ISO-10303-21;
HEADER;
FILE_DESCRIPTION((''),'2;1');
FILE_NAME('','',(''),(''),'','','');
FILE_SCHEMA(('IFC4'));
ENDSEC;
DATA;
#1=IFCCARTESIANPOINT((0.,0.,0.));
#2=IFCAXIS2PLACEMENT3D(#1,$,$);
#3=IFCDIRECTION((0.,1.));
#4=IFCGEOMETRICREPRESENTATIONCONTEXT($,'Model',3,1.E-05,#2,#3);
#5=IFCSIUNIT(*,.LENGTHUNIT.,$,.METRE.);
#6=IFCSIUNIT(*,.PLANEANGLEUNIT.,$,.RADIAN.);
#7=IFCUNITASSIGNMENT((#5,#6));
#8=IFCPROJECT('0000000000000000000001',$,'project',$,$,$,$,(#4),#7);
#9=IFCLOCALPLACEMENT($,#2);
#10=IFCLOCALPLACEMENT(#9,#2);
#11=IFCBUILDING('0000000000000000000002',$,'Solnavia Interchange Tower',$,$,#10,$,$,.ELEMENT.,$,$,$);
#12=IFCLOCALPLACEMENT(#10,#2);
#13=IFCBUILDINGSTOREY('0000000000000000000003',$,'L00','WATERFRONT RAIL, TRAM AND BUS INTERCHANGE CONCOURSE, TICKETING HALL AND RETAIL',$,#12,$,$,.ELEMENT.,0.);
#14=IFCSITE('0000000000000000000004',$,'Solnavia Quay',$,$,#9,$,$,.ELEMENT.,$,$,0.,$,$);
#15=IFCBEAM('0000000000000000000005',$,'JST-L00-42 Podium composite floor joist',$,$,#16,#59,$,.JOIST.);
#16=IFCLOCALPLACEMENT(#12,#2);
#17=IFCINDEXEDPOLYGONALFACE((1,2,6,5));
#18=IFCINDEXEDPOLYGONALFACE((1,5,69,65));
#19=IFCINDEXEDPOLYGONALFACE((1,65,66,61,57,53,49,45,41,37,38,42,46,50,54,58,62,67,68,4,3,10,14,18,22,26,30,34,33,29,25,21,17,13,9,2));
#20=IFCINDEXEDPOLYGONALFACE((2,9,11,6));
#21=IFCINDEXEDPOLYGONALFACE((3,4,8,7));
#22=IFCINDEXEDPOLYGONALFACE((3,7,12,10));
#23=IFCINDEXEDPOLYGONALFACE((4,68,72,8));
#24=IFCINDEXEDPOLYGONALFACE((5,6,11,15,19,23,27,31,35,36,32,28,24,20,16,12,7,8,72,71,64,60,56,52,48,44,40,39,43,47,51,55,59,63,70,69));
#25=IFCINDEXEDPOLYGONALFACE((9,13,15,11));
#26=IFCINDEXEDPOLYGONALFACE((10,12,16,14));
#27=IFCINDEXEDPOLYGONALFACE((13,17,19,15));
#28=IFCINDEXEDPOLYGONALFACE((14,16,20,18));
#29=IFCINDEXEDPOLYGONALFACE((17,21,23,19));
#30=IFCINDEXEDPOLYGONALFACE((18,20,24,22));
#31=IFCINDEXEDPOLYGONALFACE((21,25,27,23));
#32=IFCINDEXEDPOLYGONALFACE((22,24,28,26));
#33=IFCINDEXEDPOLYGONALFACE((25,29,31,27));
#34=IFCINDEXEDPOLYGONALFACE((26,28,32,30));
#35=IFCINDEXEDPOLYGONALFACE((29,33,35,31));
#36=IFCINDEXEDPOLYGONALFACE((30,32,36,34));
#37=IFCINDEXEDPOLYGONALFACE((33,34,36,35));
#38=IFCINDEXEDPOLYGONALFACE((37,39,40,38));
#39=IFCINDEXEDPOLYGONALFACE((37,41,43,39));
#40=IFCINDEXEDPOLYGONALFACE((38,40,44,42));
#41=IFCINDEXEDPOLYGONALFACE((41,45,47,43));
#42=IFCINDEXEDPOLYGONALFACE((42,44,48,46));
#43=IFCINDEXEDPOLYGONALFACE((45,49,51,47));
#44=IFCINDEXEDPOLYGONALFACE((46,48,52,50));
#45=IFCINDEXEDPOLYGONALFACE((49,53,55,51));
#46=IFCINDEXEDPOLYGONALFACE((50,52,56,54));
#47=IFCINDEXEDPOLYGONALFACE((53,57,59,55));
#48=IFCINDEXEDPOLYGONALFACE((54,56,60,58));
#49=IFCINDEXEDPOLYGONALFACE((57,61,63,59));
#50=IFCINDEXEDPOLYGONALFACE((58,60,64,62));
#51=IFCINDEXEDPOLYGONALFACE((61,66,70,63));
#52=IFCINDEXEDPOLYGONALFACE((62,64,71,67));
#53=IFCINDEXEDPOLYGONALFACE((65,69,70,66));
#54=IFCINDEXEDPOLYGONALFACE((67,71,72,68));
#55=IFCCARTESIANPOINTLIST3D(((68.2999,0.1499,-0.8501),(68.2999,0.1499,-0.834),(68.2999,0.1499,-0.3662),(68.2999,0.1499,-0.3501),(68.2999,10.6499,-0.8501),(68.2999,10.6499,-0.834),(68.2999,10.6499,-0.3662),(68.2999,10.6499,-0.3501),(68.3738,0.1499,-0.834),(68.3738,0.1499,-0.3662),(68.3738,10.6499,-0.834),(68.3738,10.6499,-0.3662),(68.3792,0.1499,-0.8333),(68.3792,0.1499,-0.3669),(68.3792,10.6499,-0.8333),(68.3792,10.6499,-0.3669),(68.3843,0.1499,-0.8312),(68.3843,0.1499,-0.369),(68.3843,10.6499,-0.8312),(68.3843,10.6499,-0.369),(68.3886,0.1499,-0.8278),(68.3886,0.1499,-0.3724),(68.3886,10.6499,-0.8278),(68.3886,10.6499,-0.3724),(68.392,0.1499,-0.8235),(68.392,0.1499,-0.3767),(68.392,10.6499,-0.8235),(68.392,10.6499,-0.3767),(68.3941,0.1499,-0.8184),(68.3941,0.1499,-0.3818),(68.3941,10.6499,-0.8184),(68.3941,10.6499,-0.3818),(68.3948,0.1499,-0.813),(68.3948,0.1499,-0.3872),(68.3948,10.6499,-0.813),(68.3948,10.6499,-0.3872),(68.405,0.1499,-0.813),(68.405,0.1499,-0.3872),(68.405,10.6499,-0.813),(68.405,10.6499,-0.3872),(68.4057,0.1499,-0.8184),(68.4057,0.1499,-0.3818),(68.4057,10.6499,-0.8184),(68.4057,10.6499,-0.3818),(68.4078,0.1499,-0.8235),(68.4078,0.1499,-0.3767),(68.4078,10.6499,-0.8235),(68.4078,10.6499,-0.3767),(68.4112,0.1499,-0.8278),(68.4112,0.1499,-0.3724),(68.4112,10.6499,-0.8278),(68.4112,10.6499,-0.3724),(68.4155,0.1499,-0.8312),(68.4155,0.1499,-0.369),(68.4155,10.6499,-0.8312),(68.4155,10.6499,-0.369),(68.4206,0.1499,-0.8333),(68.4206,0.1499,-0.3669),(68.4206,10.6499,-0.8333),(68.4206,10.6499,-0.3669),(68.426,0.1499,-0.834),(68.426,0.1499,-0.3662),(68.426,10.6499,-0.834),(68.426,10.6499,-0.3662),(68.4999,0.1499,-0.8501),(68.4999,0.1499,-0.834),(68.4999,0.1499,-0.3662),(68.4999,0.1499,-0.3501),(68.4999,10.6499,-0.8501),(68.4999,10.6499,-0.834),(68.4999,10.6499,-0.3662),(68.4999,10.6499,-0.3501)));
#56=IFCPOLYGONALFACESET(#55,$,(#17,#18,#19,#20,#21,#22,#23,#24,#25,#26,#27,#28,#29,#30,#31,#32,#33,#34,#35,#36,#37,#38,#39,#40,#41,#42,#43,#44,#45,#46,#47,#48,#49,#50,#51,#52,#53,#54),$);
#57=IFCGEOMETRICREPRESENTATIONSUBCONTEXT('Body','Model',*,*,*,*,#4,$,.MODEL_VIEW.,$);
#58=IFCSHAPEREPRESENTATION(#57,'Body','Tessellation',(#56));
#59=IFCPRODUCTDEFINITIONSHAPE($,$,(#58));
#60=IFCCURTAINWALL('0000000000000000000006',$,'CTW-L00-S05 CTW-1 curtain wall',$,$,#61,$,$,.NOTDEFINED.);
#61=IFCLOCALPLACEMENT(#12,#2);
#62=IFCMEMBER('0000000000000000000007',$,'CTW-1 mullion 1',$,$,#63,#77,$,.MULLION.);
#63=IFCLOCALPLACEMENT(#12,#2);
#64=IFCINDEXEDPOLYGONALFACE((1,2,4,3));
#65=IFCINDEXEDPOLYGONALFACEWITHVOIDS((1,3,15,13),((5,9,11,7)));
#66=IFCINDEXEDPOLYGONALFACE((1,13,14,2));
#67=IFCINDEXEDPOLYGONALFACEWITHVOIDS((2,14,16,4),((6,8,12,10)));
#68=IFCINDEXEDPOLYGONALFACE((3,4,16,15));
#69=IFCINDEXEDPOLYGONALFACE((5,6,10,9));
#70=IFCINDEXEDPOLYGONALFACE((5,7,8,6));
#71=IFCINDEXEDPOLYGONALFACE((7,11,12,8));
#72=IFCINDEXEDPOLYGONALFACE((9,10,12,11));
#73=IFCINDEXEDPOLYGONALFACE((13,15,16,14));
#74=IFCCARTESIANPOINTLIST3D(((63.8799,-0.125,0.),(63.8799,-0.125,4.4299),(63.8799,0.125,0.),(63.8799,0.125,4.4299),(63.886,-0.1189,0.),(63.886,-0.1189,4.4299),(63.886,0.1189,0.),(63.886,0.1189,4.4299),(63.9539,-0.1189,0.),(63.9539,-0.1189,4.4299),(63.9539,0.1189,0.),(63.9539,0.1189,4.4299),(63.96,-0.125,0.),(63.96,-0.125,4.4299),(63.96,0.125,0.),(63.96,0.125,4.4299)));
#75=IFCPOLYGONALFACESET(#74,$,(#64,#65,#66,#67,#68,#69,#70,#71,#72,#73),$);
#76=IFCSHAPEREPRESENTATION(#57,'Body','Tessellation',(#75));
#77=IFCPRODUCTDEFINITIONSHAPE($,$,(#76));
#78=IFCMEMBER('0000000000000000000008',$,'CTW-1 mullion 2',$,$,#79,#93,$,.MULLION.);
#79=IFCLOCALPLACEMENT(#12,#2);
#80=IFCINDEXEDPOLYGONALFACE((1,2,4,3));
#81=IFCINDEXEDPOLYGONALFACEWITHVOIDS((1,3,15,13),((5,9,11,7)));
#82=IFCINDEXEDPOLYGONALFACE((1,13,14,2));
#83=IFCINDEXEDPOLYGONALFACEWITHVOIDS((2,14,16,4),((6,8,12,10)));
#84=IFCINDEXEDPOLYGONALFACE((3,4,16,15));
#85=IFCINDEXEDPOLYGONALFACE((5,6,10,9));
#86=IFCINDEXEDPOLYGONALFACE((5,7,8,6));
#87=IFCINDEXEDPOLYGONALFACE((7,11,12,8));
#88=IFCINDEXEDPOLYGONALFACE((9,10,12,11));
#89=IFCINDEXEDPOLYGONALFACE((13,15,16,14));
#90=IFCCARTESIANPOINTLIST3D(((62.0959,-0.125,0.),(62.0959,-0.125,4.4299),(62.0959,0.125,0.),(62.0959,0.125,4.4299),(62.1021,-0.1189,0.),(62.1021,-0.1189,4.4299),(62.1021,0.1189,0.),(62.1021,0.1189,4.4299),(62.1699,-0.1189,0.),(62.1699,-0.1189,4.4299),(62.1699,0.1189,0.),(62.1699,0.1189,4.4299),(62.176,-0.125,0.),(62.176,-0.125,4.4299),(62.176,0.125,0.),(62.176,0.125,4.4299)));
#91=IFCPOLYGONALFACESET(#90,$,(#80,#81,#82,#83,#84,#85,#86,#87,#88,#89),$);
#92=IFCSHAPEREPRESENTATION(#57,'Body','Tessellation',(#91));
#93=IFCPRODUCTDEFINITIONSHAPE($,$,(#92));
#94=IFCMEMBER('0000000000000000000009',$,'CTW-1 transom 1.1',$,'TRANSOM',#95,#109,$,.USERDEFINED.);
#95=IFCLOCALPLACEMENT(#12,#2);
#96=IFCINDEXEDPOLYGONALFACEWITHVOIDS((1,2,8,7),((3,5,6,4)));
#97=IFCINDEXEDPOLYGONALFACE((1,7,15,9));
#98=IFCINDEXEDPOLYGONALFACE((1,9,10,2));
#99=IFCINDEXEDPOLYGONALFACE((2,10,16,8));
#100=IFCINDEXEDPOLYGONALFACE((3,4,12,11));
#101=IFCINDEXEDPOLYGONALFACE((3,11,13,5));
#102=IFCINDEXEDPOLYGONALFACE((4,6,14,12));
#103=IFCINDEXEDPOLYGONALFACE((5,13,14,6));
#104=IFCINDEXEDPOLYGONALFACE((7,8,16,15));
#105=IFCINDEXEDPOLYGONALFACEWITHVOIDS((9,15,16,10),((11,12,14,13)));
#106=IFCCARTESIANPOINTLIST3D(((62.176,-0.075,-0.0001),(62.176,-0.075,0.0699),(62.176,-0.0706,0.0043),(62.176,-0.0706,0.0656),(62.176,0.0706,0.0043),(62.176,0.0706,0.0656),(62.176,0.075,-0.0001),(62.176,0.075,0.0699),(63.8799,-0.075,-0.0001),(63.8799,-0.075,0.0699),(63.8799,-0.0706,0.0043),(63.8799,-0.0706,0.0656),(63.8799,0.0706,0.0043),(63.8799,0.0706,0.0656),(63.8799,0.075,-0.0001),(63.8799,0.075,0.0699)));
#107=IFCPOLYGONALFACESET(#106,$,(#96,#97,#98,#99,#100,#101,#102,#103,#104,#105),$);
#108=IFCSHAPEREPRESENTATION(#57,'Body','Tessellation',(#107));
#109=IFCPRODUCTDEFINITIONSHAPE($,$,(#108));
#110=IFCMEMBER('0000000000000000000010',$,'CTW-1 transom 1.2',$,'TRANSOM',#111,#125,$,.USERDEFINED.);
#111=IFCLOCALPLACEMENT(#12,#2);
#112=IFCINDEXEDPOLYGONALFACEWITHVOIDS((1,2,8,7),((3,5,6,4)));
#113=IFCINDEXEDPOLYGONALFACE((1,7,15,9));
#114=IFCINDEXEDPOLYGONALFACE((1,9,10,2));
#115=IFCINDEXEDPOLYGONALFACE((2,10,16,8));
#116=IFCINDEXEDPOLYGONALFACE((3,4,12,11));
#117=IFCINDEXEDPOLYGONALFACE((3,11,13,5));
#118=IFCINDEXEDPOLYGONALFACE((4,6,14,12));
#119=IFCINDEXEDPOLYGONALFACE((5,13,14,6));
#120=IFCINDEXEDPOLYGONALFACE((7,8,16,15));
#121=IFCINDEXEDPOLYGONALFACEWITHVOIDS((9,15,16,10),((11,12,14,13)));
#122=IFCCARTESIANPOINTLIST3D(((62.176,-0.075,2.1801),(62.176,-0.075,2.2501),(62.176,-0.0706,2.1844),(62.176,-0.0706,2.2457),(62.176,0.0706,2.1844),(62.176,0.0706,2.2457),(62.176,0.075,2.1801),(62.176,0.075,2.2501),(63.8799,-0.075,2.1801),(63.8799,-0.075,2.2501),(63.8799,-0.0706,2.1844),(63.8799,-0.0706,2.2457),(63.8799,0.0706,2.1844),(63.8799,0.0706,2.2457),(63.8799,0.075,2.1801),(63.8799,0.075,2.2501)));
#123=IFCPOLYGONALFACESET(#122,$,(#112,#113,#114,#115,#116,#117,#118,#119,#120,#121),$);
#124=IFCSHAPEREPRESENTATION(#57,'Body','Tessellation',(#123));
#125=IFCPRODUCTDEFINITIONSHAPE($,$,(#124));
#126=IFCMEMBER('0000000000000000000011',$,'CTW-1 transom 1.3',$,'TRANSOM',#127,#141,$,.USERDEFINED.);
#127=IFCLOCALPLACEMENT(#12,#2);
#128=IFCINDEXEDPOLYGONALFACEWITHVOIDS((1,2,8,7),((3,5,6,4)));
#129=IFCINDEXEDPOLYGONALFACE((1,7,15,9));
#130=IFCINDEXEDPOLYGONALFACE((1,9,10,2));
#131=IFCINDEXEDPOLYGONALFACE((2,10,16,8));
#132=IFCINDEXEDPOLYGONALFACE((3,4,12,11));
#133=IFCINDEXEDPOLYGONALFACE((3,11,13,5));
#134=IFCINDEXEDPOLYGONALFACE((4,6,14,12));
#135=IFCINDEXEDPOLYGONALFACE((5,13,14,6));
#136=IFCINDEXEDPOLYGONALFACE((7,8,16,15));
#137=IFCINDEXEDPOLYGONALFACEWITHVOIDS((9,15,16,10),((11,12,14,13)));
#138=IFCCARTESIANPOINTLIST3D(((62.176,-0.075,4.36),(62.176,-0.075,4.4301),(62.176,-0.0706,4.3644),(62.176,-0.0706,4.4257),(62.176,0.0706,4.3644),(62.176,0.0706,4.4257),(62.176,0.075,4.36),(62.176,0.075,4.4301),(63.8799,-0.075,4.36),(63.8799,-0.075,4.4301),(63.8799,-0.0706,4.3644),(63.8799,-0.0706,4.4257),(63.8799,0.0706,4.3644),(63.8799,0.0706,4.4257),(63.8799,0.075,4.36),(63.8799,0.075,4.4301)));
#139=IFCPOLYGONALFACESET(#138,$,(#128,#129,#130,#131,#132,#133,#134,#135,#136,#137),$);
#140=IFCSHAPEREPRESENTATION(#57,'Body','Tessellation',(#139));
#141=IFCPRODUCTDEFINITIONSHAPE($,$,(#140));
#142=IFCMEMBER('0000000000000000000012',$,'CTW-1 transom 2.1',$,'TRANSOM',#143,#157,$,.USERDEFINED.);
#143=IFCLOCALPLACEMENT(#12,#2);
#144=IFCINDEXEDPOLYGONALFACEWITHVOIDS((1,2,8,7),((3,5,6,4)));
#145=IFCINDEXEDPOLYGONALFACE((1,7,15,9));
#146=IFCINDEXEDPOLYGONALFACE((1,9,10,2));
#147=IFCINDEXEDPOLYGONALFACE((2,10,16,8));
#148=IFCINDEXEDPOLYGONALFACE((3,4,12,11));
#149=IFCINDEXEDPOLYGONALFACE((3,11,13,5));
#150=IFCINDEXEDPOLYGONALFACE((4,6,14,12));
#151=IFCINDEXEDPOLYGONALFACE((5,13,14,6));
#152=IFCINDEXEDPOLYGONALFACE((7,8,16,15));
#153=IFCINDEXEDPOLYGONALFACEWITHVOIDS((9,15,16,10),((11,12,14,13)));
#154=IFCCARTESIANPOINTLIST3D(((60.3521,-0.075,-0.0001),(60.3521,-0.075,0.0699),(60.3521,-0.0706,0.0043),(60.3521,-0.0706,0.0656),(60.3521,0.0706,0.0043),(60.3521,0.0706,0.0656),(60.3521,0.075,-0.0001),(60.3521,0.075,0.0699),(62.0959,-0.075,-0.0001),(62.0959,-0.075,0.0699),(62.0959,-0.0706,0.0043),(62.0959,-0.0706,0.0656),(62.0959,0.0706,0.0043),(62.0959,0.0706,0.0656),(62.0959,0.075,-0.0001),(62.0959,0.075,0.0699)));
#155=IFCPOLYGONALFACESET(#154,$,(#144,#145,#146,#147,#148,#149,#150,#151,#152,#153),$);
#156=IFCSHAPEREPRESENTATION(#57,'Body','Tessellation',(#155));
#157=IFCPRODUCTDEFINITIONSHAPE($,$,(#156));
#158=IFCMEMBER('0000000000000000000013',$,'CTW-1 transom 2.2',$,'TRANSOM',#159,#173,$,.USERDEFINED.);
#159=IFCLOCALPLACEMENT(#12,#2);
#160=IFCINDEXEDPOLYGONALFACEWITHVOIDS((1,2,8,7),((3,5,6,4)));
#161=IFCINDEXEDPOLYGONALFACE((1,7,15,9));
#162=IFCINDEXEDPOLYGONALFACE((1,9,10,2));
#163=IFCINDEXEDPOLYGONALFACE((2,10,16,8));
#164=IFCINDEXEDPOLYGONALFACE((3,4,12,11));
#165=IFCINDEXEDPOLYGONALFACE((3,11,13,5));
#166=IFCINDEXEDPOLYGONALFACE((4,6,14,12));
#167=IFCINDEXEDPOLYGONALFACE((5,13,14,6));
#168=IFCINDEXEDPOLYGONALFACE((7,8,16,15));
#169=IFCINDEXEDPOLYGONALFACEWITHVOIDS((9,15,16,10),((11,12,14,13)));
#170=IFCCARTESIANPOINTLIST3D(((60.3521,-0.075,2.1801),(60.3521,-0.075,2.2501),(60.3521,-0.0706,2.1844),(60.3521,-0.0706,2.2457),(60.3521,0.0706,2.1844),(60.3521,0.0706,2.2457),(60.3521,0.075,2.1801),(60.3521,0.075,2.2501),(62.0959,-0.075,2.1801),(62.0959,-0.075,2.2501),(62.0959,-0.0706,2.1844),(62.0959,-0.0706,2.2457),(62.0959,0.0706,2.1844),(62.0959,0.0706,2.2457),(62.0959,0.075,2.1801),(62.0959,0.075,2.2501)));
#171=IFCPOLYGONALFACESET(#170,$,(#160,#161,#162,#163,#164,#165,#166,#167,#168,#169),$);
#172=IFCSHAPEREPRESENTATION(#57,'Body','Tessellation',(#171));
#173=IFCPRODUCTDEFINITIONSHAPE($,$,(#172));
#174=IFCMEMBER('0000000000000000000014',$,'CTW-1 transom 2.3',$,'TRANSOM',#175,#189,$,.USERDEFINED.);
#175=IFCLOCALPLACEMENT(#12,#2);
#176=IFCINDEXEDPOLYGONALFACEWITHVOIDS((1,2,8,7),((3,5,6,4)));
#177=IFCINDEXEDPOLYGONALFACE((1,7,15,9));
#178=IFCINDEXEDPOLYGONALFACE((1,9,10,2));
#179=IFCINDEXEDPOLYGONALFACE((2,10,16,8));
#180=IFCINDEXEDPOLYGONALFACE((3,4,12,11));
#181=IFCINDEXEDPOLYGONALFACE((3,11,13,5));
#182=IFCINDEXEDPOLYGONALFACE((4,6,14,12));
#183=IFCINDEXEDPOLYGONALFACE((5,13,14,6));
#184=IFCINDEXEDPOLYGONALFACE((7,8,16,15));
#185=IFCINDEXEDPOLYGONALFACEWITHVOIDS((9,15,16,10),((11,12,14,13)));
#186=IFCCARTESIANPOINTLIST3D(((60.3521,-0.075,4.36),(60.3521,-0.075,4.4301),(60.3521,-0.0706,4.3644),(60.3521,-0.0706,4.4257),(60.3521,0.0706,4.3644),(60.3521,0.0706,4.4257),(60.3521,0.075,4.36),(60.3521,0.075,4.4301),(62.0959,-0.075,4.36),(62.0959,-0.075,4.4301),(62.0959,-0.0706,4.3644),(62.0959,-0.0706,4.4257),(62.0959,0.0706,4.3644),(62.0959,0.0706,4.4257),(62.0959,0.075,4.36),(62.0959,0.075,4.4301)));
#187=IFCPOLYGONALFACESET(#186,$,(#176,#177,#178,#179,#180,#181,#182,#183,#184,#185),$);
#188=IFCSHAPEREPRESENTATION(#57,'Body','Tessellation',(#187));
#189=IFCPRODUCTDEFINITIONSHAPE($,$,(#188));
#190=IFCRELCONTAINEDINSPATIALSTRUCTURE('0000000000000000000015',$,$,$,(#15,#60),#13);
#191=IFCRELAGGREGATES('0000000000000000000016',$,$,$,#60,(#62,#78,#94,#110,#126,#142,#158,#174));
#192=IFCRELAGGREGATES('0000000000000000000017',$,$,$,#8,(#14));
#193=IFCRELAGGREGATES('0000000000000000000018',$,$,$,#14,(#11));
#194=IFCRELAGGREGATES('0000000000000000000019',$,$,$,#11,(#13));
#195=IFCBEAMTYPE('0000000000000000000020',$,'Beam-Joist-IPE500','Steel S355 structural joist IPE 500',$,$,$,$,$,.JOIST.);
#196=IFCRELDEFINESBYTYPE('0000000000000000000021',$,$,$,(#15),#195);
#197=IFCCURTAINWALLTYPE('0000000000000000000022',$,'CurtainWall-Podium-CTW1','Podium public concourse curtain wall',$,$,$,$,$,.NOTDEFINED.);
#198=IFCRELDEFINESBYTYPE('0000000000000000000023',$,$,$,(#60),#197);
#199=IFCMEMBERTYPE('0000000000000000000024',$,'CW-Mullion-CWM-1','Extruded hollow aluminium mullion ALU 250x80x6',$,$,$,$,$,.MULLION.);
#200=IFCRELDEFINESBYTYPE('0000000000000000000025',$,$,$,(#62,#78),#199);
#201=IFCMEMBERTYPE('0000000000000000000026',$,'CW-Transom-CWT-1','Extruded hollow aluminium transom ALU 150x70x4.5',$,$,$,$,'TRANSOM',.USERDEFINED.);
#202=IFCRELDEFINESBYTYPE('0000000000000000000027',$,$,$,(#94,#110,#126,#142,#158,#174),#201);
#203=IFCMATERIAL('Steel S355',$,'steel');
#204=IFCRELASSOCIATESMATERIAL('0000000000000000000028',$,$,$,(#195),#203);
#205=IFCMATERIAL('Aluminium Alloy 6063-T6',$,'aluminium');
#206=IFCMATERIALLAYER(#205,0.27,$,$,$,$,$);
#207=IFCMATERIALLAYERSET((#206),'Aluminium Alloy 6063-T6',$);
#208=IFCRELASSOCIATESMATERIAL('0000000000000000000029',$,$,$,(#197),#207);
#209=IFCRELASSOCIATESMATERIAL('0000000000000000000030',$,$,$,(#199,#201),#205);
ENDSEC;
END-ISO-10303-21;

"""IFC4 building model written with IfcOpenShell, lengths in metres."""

from ifc_helpers import new_model, si_unit, direction, frame, origin, origin_2d, place, context, subcontext, project, spatial, hollow_rectangle, i_section, extrude, material, layer, layer_set, material_profile, profile_set, type_object, element, aggregate, save


model = new_model("IFC4")

# Units and contexts
model_context = context("Model", 3, precision=1e-05, world=origin(), true_north=direction((0.0, 1.0)))
body_context = subcontext(model_context, "Body", "Model", "MODEL_VIEW")
ifc_project = project(units=[si_unit("LENGTHUNIT", "METRE"), si_unit("PLANEANGLEUNIT", "RADIAN")], contexts=[model_context])

# Site, building, storey
site_placement = place(None, origin())
site = spatial("IfcSite", under=ifc_project, at=site_placement, Name="Solnavia Quay", CompositionType="ELEMENT", RefElevation=0.0)
building_placement = place(site_placement, origin())
building = spatial("IfcBuilding", under=site, at=building_placement, Name="Solnavia Interchange Tower", CompositionType="ELEMENT")
storey_placement = place(building_placement, origin())
storey = spatial("IfcBuildingStorey", under=building, at=storey_placement, Name="L00", Description="WATERFRONT RAIL, TRAM AND BUS INTERCHANGE CONCOURSE, TICKETING HALL AND RETAIL", CompositionType="ELEMENT", Elevation=0.0)

# Beam
ifc_material_1 = material(Name="Steel S355", Category="steel")
ifc_material_profile_1 = material_profile(ifc_material_1, i_section(OverallWidth=0.2, OverallDepth=0.5, WebThickness=0.0103, FlangeThickness=0.0161, FilletRadius=0.021, at=origin_2d()), Name="IPE 500")
ifc_profile_set_1 = profile_set([ifc_material_profile_1], Name="Steel S355")
beam_type_1 = type_object("IfcBeamType", Name="Beam-Joist-IPE500", Description="Steel S355 structural joist IPE 500", PredefinedType="JOIST", material=ifc_profile_set_1)
beam_1_placement = place(storey_placement, frame((68.3999, 0.1499, -0.6001), z_axis=(0.0, 1.0, 0.0), x_axis=(-1.0, 0.0, 0.0)))
element("IfcBeam", 1, at=beam_1_placement, inside=storey, type_object=beam_type_1, Name="JST-L00-42 Podium composite floor joist", PredefinedType="JOIST", context=body_context, shape_type="SweptSolid", body=[
    extrude(i_section(OverallWidth=0.2, OverallDepth=0.5, WebThickness=0.0103, FlangeThickness=0.0161, FilletRadius=0.021, at=origin_2d()), origin(), (0.0, 0.0, 1.0), 10.5),
])

# Curtain wall, members
ifc_material_2 = material(Name="Aluminium Alloy 6063-T6", Category="aluminium")
ifc_layer_1 = layer(ifc_material_2, 0.27)
ifc_layer_set_1 = layer_set([ifc_layer_1], Name="Aluminium Alloy 6063-T6")
curtain_wall_type = type_object("IfcCurtainWallType", Name="CurtainWall-Podium-CTW1", Description="Podium public concourse curtain wall", PredefinedType="NOTDEFINED", material=ifc_layer_set_1)
curtain_wall_placement = place(storey_placement, origin())
curtain_wall = element("IfcCurtainWall", 2, at=curtain_wall_placement, inside=storey, type_object=curtain_wall_type, Name="CTW-L00-S05 CTW-1 curtain wall", PredefinedType="NOTDEFINED")
ifc_material_profile_2 = material_profile(ifc_material_2, hollow_rectangle(XDim=0.0801, YDim=0.25, WallThickness=0.0061, at=origin_2d()), Name="ALU 250x80x6")
ifc_profile_set_2 = profile_set([ifc_material_profile_2], Name="Aluminium Alloy 6063-T6")
member_type_1 = type_object("IfcMemberType", Name="CW-Mullion-CWM-1", Description="Extruded hollow aluminium mullion ALU 250x80x6", PredefinedType="MULLION", material=ifc_profile_set_2)
member_1_placement = place(storey_placement, frame((63.9199, 0.0, 0.0), z_axis=(0.0, 0.0, 1.0), x_axis=(-1.0, 0.0, 0.0)))
member_1 = element("IfcMember", 3, at=member_1_placement, type_object=member_type_1, Name="CTW-1 mullion 1", PredefinedType="MULLION", context=body_context, shape_type="SweptSolid", body=[
    extrude(hollow_rectangle(XDim=0.0801, YDim=0.25, WallThickness=0.0061, at=origin_2d()), origin(), (0.0, 0.0, 1.0), 4.4299),
])
member_2_placement = place(storey_placement, frame((62.136, 0.0, 0.0), z_axis=(0.0, 0.0, 1.0), x_axis=(-1.0, 0.0, 0.0)))
member_2 = element("IfcMember", 4, at=member_2_placement, type_object=member_type_1, Name="CTW-1 mullion 2", PredefinedType="MULLION", context=body_context, shape_type="SweptSolid", body=[
    extrude(hollow_rectangle(XDim=0.0801, YDim=0.25, WallThickness=0.0061, at=origin_2d()), origin(), (0.0, 0.0, 1.0), 4.4299),
])
ifc_material_profile_3 = material_profile(ifc_material_2, hollow_rectangle(XDim=0.0701, YDim=0.1499, WallThickness=0.0044, at=origin_2d()), Name="ALU 150x70x4.5")
ifc_profile_set_3 = profile_set([ifc_material_profile_3], Name="Aluminium Alloy 6063-T6")
member_type_2 = type_object("IfcMemberType", Name="CW-Transom-CWT-1", Description="Extruded hollow aluminium transom ALU 150x70x4.5", ElementType="TRANSOM", PredefinedType="USERDEFINED", material=ifc_profile_set_3)
member_3_placement = place(storey_placement, frame((63.8799, 0.0, 0.0349), z_axis=(-1.0, 0.0, 0.0), x_axis=(0.0, 0.0, 1.0)))
member_3 = element("IfcMember", 5, at=member_3_placement, type_object=member_type_2, Name="CTW-1 transom 1.1", ObjectType="TRANSOM", PredefinedType="USERDEFINED", context=body_context, shape_type="SweptSolid", body=[
    extrude(hollow_rectangle(XDim=0.0701, YDim=0.1499, WallThickness=0.0044, at=origin_2d()), origin(), (0.0, 0.0, 1.0), 1.7039),
])
member_4_placement = place(storey_placement, frame((63.8799, 0.0, 2.2151), z_axis=(-1.0, 0.0, 0.0), x_axis=(0.0, 0.0, 1.0)))
member_4 = element("IfcMember", 6, at=member_4_placement, type_object=member_type_2, Name="CTW-1 transom 1.2", ObjectType="TRANSOM", PredefinedType="USERDEFINED", context=body_context, shape_type="SweptSolid", body=[
    extrude(hollow_rectangle(XDim=0.0701, YDim=0.1499, WallThickness=0.0044, at=origin_2d()), origin(), (0.0, 0.0, 1.0), 1.7039),
])
member_5_placement = place(storey_placement, frame((63.8799, 0.0, 4.395), z_axis=(-1.0, 0.0, 0.0), x_axis=(0.0, 0.0, 1.0)))
member_5 = element("IfcMember", 7, at=member_5_placement, type_object=member_type_2, Name="CTW-1 transom 1.3", ObjectType="TRANSOM", PredefinedType="USERDEFINED", context=body_context, shape_type="SweptSolid", body=[
    extrude(hollow_rectangle(XDim=0.0701, YDim=0.1499, WallThickness=0.0044, at=origin_2d()), origin(), (0.0, 0.0, 1.0), 1.7039),
])
member_6_placement = place(storey_placement, frame((62.0959, 0.0, 0.0349), z_axis=(-1.0, 0.0, 0.0), x_axis=(0.0, 0.0, 1.0)))
member_6 = element("IfcMember", 8, at=member_6_placement, type_object=member_type_2, Name="CTW-1 transom 2.1", ObjectType="TRANSOM", PredefinedType="USERDEFINED", context=body_context, shape_type="SweptSolid", body=[
    extrude(hollow_rectangle(XDim=0.0701, YDim=0.1499, WallThickness=0.0044, at=origin_2d()), origin(), (0.0, 0.0, 1.0), 1.7439),
])
member_7_placement = place(storey_placement, frame((62.0959, 0.0, 2.2151), z_axis=(-1.0, 0.0, 0.0), x_axis=(0.0, 0.0, 1.0)))
member_7 = element("IfcMember", 9, at=member_7_placement, type_object=member_type_2, Name="CTW-1 transom 2.2", ObjectType="TRANSOM", PredefinedType="USERDEFINED", context=body_context, shape_type="SweptSolid", body=[
    extrude(hollow_rectangle(XDim=0.0701, YDim=0.1499, WallThickness=0.0044, at=origin_2d()), origin(), (0.0, 0.0, 1.0), 1.7439),
])
member_8_placement = place(storey_placement, frame((62.0959, 0.0, 4.395), z_axis=(-1.0, 0.0, 0.0), x_axis=(0.0, 0.0, 1.0)))
member_8 = element("IfcMember", 10, at=member_8_placement, type_object=member_type_2, Name="CTW-1 transom 2.3", ObjectType="TRANSOM", PredefinedType="USERDEFINED", context=body_context, shape_type="SweptSolid", body=[
    extrude(hollow_rectangle(XDim=0.0701, YDim=0.1499, WallThickness=0.0044, at=origin_2d()), origin(), (0.0, 0.0, 1.0), 1.7439),
])
aggregate(curtain_wall, [member_1, member_2, member_3, member_4, member_5, member_6, member_7, member_8])

save(model, "model.ifc")
